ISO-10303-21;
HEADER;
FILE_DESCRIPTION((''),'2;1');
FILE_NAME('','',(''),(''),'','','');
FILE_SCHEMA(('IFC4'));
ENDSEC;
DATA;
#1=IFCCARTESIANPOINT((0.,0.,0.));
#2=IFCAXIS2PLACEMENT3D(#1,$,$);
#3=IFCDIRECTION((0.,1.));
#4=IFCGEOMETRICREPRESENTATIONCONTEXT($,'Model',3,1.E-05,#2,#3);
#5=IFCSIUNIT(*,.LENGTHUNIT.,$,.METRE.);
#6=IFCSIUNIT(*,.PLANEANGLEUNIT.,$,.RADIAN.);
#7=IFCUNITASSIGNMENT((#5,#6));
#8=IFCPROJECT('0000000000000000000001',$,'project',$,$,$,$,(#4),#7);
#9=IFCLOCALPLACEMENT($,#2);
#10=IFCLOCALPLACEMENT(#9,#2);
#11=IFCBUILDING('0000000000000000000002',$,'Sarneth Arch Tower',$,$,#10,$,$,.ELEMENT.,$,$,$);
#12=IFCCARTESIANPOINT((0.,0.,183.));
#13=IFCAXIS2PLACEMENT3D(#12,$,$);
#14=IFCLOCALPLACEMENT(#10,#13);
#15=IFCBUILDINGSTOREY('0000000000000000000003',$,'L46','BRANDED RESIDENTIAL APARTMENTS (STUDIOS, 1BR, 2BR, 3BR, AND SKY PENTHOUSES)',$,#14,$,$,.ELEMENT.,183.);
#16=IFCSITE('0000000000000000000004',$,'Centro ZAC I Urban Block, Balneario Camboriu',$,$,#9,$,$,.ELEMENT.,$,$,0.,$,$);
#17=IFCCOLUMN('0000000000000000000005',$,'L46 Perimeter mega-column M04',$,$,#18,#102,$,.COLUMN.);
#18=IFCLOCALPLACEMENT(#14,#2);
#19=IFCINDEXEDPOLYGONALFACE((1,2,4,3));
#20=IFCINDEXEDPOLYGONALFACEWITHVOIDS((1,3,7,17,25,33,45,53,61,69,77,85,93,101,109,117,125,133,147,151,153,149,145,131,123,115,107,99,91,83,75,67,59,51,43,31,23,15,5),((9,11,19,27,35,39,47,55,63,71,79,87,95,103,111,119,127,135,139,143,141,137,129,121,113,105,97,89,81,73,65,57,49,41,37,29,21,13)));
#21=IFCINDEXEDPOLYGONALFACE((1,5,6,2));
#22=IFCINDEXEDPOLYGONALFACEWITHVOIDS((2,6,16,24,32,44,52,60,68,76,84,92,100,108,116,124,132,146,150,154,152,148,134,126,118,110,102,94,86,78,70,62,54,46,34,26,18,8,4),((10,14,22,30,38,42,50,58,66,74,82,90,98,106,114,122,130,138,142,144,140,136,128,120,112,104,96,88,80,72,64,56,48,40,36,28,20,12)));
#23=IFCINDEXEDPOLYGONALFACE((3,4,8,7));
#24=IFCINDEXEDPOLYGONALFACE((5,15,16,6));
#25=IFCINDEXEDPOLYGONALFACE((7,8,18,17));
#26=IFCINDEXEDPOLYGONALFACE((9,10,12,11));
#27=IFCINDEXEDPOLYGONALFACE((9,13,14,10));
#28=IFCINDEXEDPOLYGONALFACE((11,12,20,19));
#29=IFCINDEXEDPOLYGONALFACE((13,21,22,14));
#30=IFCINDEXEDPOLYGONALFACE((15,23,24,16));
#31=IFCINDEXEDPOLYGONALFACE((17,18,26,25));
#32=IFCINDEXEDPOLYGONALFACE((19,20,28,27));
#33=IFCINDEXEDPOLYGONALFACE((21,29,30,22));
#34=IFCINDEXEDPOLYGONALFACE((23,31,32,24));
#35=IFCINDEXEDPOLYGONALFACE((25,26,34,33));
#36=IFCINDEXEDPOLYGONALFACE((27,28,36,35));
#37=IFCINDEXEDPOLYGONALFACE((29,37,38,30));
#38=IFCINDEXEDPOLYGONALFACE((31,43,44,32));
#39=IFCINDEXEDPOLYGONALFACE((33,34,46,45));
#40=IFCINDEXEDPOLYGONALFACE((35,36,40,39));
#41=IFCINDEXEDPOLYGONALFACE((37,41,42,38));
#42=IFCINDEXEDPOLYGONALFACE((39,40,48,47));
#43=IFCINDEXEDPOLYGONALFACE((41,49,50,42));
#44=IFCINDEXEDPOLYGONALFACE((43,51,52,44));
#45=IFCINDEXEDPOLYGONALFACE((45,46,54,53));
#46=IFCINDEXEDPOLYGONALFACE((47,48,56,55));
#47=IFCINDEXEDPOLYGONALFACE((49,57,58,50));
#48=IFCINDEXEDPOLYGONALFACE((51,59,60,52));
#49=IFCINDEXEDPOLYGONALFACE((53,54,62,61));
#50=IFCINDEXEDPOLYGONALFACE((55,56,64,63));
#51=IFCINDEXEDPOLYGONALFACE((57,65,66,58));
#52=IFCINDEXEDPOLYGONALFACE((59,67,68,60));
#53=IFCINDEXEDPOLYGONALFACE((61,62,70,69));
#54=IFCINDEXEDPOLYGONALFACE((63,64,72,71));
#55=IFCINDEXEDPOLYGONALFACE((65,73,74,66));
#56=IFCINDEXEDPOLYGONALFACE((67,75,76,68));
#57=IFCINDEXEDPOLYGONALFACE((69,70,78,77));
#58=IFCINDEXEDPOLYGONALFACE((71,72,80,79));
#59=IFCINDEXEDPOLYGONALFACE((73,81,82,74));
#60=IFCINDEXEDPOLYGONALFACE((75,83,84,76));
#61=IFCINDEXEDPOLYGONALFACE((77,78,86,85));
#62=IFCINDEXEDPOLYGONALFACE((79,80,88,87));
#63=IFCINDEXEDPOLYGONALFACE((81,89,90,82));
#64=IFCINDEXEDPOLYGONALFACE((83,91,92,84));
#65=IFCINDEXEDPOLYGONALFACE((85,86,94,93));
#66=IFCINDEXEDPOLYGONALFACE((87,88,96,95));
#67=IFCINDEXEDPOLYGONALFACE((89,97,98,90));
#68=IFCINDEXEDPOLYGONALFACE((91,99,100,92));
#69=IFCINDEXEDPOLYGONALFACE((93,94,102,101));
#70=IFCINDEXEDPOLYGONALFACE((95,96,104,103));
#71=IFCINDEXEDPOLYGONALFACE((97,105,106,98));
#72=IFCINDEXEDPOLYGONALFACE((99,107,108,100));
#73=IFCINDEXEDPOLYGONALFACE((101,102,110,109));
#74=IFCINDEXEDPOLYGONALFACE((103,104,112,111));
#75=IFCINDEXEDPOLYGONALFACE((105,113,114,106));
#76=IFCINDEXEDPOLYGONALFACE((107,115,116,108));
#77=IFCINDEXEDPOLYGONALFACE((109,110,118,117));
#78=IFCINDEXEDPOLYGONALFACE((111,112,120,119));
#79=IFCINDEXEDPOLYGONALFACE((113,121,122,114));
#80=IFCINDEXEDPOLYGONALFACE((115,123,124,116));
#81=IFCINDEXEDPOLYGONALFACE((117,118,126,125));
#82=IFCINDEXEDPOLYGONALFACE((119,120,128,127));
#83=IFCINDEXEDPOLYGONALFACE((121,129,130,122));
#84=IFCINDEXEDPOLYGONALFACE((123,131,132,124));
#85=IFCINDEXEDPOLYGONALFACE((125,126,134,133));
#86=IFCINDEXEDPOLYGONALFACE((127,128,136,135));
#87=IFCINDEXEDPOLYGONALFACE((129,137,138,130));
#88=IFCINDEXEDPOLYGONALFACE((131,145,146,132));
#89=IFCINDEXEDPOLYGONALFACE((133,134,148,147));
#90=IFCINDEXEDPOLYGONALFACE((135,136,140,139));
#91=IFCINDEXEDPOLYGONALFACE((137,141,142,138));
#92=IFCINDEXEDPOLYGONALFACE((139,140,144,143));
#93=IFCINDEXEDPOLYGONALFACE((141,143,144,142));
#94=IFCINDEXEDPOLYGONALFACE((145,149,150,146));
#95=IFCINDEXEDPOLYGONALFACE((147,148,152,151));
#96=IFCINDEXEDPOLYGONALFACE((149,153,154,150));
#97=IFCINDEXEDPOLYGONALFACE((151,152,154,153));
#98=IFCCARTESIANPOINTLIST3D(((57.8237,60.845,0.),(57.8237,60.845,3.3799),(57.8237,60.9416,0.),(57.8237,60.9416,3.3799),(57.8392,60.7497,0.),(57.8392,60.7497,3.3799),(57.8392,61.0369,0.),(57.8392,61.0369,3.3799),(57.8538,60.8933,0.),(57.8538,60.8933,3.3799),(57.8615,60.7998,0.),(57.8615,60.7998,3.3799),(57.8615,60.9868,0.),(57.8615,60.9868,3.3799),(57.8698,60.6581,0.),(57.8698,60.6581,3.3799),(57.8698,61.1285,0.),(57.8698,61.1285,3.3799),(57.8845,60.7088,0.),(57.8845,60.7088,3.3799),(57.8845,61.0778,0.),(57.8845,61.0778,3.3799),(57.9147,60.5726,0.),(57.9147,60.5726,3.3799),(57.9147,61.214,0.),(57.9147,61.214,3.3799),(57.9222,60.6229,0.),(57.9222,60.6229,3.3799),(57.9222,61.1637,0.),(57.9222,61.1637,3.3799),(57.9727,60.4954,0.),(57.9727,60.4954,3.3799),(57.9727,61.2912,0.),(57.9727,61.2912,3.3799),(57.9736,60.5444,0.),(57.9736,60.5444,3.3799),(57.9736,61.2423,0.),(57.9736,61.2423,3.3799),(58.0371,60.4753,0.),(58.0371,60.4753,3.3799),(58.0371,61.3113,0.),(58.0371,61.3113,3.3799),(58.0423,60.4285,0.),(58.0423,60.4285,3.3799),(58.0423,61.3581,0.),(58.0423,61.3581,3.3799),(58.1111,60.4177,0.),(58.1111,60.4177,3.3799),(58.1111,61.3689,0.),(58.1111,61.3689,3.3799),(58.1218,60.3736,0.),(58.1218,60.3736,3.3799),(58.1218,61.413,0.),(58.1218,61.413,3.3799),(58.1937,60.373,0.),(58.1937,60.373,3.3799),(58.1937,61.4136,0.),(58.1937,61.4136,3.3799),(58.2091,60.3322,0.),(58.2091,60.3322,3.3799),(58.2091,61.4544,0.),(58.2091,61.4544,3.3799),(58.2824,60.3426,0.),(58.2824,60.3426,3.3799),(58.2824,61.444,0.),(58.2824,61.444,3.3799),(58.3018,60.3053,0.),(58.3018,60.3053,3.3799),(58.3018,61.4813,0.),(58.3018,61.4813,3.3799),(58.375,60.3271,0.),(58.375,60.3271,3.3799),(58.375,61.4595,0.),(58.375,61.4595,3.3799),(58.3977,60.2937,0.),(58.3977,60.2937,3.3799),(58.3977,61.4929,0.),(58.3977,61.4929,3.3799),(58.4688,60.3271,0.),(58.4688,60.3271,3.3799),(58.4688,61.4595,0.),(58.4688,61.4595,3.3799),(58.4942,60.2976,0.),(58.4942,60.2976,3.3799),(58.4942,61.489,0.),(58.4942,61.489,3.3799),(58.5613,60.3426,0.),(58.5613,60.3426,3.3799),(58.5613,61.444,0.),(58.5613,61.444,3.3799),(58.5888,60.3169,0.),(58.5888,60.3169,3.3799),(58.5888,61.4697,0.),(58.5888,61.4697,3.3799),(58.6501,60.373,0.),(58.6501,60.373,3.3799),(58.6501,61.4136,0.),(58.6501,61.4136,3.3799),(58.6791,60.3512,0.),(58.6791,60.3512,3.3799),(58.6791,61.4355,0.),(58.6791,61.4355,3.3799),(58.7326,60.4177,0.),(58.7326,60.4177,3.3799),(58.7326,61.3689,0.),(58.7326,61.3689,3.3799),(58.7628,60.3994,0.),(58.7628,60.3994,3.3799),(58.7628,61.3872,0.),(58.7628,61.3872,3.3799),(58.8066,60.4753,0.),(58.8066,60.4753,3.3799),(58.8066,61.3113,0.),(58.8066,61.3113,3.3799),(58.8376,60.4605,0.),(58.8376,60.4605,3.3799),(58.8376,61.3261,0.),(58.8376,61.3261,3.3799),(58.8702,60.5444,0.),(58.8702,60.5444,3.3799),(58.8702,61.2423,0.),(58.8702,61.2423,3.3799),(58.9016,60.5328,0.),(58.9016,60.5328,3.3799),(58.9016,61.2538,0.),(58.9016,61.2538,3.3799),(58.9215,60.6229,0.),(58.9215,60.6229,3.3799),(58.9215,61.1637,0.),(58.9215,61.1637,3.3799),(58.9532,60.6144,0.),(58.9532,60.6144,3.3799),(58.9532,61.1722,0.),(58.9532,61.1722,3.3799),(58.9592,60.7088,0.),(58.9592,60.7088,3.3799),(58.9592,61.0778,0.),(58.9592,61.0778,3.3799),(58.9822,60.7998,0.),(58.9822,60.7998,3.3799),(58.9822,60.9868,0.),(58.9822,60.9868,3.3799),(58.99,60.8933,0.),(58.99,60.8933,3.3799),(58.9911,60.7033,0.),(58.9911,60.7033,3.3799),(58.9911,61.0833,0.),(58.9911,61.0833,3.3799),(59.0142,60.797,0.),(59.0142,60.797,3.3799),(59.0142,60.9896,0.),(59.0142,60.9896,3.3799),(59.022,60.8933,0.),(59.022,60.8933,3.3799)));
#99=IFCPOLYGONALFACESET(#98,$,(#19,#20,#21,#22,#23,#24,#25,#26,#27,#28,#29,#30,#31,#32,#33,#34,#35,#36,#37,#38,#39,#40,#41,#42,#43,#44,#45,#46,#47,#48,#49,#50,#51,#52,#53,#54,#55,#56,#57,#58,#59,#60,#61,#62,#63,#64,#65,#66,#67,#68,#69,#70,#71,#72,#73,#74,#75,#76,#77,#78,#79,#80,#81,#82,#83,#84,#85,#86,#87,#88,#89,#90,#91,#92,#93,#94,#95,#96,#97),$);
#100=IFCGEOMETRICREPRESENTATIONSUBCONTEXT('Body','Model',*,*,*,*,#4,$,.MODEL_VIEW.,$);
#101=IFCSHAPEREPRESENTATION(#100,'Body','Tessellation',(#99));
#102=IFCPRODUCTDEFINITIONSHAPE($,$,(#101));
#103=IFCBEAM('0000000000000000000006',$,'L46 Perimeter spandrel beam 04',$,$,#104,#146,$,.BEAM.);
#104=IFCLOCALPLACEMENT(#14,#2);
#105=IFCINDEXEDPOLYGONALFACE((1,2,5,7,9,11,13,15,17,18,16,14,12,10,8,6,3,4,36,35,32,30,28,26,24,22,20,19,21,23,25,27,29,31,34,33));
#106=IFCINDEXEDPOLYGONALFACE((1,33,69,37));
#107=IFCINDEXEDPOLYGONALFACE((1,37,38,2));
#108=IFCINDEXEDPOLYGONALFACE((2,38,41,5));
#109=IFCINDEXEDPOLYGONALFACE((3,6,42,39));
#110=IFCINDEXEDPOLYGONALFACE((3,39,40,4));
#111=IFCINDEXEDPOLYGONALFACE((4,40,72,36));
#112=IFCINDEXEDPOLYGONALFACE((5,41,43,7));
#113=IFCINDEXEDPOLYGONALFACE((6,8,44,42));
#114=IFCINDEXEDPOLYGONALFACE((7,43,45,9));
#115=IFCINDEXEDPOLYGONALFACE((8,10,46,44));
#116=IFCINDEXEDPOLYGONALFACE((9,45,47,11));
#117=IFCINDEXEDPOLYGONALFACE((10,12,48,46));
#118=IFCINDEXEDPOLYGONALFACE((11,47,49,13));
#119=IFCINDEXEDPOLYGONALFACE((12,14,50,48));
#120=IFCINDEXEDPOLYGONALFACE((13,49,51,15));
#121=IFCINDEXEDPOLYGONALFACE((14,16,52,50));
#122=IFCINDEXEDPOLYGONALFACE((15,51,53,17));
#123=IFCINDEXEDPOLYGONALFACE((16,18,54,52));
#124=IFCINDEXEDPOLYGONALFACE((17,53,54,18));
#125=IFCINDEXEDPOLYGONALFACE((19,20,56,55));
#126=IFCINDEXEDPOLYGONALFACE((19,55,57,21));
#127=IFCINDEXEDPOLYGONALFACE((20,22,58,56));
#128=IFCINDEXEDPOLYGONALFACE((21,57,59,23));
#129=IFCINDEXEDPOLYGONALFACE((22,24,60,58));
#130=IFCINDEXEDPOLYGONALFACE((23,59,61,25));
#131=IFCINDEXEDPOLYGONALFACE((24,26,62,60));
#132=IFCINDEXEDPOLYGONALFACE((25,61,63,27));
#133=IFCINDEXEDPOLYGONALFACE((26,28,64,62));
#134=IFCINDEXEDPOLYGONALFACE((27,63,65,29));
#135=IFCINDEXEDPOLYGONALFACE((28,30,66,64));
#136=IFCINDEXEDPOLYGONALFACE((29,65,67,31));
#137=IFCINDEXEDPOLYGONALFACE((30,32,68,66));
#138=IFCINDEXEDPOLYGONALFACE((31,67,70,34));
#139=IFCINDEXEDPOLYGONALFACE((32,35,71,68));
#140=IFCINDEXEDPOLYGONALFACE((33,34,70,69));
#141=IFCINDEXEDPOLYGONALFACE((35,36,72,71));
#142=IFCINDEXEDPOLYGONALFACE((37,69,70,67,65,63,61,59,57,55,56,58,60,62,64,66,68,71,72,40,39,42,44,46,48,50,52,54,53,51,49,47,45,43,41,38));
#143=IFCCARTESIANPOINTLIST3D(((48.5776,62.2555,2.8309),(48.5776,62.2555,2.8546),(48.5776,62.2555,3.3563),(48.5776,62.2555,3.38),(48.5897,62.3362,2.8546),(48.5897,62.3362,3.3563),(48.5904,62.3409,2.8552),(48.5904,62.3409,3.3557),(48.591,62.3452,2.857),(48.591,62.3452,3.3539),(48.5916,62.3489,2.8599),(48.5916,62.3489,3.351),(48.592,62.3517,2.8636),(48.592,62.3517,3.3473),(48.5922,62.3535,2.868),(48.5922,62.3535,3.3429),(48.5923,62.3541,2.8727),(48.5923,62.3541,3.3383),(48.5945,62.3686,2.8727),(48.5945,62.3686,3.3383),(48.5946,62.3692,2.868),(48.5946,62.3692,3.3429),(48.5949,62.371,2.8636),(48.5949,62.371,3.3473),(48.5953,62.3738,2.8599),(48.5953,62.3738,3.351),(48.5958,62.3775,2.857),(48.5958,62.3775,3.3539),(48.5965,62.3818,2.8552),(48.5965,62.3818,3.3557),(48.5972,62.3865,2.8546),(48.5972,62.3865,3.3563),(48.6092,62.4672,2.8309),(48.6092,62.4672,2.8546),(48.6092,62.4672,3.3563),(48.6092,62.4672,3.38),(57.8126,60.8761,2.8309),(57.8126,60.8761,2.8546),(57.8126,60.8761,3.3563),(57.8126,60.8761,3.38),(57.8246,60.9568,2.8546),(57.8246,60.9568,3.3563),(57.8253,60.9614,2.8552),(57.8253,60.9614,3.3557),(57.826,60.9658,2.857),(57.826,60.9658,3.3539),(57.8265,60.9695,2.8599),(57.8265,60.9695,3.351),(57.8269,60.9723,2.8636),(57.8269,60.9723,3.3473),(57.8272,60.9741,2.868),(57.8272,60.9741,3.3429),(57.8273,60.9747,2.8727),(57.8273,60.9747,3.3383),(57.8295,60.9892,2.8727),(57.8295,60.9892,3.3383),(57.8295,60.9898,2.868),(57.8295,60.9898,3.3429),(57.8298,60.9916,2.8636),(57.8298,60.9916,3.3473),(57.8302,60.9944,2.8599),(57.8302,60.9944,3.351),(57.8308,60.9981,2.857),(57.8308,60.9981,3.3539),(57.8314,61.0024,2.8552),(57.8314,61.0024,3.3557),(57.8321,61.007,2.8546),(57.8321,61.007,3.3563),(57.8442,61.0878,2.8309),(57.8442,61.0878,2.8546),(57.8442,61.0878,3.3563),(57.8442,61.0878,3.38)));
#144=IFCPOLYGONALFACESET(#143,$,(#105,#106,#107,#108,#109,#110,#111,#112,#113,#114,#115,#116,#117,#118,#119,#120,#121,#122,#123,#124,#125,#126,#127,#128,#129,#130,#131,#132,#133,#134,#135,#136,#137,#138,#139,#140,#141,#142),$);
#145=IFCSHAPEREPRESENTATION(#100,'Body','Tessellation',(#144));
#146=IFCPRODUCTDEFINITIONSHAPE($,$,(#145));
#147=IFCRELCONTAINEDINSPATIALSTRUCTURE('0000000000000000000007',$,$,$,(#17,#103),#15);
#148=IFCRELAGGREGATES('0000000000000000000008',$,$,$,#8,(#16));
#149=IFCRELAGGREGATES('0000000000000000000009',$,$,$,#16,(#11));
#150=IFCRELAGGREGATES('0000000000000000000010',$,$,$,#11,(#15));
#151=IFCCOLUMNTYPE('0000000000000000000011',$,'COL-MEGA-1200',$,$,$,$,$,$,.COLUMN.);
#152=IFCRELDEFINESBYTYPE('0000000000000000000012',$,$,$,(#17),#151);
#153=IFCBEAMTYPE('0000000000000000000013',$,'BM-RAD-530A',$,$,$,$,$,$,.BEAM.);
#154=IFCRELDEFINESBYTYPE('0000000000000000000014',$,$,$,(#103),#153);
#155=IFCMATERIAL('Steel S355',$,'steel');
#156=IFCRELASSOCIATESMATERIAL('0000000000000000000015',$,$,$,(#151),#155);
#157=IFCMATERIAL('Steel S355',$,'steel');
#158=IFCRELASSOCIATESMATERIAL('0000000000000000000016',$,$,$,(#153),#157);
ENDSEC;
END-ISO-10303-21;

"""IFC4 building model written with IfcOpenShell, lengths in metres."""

from ifc_helpers import new_model, si_unit, direction, frame, origin, origin_2d, place, context, subcontext, project, spatial, hollow_circle, i_section, extrude, material, material_profile, profile_set, type_object, element, save


model = new_model("IFC4")

# Units and contexts
model_context = context("Model", 3, precision=1e-05, world=origin(), true_north=direction((0.0, 1.0)))
body_context = subcontext(model_context, "Body", "Model", "MODEL_VIEW")
ifc_project = project(units=[si_unit("LENGTHUNIT", "METRE"), si_unit("PLANEANGLEUNIT", "RADIAN")], contexts=[model_context])

# Site, building, storey
site_placement = place(None, origin())
site = spatial("IfcSite", under=ifc_project, at=site_placement, Name="Centro ZAC I Urban Block, Balneario Camboriu", CompositionType="ELEMENT", RefElevation=0.0)
building_placement = place(site_placement, origin())
building = spatial("IfcBuilding", under=site, at=building_placement, Name="Sarneth Arch Tower", CompositionType="ELEMENT")
storey_placement = place(building_placement, frame((0.0, 0.0, 183.0)))
storey = spatial("IfcBuildingStorey", under=building, at=storey_placement, Name="L46", Description="BRANDED RESIDENTIAL APARTMENTS (STUDIOS, 1BR, 2BR, 3BR, AND SKY PENTHOUSES)", CompositionType="ELEMENT", Elevation=183.0)

# Column
ifc_material_1 = material(Name="Steel S355", Category="steel")
ifc_material_profile_1 = material_profile(ifc_material_1, hollow_circle(Radius=0.6001, WallThickness=0.032, at=origin_2d()), Name="CHS1200x32")
ifc_profile_set_1 = profile_set([ifc_material_profile_1], Name="Steel S355")
column_type = type_object("IfcColumnType", Name="COL-MEGA-1200", PredefinedType="COLUMN", material=ifc_profile_set_1)
column_placement = place(storey_placement, frame((58.4219, 60.8933, 0.0), z_axis=(0.0, 0.0, 1.0), x_axis=(1.0, 0.0, 0.0)))
element("IfcColumn", 1, at=column_placement, inside=storey, type_object=column_type, Name="L46 Perimeter mega-column M04", PredefinedType="COLUMN", context=body_context, shape_type="SweptSolid", body=[
    extrude(hollow_circle(Radius=0.6001, WallThickness=0.032, at=origin_2d()), origin(), (0.0, 0.0, 1.0), 3.3799),
])

# Beam
ifc_material_2 = material(Name="Steel S355", Category="steel")
ifc_material_profile_2 = material_profile(ifc_material_2, i_section(OverallWidth=0.2141, OverallDepth=0.5491, WebThickness=0.0146, FlangeThickness=0.0237, FilletRadius=0.0181, at=origin_2d()), Name="W530x138")
ifc_profile_set_2 = profile_set([ifc_material_profile_2], Name="Steel S355")
beam_type = type_object("IfcBeamType", Name="BM-RAD-530A", PredefinedType="BEAM", material=ifc_profile_set_2)
beam_placement = place(storey_placement, frame((57.8284, 60.9819, 3.1055), z_axis=(-0.989028, 0.147729, 0.0), x_axis=(-0.147729, -0.989028, 0.0)))
element("IfcBeam", 2, at=beam_placement, inside=storey, type_object=beam_type, Name="L46 Perimeter spandrel beam 04", PredefinedType="BEAM", context=body_context, shape_type="SweptSolid", body=[
    extrude(i_section(OverallWidth=0.2141, OverallDepth=0.5491, WebThickness=0.0146, FlangeThickness=0.0237, FilletRadius=0.0181, at=origin_2d()), origin(), (0.0, 0.0, 1.0), 9.3374),
])

save(model, "model.ifc")
